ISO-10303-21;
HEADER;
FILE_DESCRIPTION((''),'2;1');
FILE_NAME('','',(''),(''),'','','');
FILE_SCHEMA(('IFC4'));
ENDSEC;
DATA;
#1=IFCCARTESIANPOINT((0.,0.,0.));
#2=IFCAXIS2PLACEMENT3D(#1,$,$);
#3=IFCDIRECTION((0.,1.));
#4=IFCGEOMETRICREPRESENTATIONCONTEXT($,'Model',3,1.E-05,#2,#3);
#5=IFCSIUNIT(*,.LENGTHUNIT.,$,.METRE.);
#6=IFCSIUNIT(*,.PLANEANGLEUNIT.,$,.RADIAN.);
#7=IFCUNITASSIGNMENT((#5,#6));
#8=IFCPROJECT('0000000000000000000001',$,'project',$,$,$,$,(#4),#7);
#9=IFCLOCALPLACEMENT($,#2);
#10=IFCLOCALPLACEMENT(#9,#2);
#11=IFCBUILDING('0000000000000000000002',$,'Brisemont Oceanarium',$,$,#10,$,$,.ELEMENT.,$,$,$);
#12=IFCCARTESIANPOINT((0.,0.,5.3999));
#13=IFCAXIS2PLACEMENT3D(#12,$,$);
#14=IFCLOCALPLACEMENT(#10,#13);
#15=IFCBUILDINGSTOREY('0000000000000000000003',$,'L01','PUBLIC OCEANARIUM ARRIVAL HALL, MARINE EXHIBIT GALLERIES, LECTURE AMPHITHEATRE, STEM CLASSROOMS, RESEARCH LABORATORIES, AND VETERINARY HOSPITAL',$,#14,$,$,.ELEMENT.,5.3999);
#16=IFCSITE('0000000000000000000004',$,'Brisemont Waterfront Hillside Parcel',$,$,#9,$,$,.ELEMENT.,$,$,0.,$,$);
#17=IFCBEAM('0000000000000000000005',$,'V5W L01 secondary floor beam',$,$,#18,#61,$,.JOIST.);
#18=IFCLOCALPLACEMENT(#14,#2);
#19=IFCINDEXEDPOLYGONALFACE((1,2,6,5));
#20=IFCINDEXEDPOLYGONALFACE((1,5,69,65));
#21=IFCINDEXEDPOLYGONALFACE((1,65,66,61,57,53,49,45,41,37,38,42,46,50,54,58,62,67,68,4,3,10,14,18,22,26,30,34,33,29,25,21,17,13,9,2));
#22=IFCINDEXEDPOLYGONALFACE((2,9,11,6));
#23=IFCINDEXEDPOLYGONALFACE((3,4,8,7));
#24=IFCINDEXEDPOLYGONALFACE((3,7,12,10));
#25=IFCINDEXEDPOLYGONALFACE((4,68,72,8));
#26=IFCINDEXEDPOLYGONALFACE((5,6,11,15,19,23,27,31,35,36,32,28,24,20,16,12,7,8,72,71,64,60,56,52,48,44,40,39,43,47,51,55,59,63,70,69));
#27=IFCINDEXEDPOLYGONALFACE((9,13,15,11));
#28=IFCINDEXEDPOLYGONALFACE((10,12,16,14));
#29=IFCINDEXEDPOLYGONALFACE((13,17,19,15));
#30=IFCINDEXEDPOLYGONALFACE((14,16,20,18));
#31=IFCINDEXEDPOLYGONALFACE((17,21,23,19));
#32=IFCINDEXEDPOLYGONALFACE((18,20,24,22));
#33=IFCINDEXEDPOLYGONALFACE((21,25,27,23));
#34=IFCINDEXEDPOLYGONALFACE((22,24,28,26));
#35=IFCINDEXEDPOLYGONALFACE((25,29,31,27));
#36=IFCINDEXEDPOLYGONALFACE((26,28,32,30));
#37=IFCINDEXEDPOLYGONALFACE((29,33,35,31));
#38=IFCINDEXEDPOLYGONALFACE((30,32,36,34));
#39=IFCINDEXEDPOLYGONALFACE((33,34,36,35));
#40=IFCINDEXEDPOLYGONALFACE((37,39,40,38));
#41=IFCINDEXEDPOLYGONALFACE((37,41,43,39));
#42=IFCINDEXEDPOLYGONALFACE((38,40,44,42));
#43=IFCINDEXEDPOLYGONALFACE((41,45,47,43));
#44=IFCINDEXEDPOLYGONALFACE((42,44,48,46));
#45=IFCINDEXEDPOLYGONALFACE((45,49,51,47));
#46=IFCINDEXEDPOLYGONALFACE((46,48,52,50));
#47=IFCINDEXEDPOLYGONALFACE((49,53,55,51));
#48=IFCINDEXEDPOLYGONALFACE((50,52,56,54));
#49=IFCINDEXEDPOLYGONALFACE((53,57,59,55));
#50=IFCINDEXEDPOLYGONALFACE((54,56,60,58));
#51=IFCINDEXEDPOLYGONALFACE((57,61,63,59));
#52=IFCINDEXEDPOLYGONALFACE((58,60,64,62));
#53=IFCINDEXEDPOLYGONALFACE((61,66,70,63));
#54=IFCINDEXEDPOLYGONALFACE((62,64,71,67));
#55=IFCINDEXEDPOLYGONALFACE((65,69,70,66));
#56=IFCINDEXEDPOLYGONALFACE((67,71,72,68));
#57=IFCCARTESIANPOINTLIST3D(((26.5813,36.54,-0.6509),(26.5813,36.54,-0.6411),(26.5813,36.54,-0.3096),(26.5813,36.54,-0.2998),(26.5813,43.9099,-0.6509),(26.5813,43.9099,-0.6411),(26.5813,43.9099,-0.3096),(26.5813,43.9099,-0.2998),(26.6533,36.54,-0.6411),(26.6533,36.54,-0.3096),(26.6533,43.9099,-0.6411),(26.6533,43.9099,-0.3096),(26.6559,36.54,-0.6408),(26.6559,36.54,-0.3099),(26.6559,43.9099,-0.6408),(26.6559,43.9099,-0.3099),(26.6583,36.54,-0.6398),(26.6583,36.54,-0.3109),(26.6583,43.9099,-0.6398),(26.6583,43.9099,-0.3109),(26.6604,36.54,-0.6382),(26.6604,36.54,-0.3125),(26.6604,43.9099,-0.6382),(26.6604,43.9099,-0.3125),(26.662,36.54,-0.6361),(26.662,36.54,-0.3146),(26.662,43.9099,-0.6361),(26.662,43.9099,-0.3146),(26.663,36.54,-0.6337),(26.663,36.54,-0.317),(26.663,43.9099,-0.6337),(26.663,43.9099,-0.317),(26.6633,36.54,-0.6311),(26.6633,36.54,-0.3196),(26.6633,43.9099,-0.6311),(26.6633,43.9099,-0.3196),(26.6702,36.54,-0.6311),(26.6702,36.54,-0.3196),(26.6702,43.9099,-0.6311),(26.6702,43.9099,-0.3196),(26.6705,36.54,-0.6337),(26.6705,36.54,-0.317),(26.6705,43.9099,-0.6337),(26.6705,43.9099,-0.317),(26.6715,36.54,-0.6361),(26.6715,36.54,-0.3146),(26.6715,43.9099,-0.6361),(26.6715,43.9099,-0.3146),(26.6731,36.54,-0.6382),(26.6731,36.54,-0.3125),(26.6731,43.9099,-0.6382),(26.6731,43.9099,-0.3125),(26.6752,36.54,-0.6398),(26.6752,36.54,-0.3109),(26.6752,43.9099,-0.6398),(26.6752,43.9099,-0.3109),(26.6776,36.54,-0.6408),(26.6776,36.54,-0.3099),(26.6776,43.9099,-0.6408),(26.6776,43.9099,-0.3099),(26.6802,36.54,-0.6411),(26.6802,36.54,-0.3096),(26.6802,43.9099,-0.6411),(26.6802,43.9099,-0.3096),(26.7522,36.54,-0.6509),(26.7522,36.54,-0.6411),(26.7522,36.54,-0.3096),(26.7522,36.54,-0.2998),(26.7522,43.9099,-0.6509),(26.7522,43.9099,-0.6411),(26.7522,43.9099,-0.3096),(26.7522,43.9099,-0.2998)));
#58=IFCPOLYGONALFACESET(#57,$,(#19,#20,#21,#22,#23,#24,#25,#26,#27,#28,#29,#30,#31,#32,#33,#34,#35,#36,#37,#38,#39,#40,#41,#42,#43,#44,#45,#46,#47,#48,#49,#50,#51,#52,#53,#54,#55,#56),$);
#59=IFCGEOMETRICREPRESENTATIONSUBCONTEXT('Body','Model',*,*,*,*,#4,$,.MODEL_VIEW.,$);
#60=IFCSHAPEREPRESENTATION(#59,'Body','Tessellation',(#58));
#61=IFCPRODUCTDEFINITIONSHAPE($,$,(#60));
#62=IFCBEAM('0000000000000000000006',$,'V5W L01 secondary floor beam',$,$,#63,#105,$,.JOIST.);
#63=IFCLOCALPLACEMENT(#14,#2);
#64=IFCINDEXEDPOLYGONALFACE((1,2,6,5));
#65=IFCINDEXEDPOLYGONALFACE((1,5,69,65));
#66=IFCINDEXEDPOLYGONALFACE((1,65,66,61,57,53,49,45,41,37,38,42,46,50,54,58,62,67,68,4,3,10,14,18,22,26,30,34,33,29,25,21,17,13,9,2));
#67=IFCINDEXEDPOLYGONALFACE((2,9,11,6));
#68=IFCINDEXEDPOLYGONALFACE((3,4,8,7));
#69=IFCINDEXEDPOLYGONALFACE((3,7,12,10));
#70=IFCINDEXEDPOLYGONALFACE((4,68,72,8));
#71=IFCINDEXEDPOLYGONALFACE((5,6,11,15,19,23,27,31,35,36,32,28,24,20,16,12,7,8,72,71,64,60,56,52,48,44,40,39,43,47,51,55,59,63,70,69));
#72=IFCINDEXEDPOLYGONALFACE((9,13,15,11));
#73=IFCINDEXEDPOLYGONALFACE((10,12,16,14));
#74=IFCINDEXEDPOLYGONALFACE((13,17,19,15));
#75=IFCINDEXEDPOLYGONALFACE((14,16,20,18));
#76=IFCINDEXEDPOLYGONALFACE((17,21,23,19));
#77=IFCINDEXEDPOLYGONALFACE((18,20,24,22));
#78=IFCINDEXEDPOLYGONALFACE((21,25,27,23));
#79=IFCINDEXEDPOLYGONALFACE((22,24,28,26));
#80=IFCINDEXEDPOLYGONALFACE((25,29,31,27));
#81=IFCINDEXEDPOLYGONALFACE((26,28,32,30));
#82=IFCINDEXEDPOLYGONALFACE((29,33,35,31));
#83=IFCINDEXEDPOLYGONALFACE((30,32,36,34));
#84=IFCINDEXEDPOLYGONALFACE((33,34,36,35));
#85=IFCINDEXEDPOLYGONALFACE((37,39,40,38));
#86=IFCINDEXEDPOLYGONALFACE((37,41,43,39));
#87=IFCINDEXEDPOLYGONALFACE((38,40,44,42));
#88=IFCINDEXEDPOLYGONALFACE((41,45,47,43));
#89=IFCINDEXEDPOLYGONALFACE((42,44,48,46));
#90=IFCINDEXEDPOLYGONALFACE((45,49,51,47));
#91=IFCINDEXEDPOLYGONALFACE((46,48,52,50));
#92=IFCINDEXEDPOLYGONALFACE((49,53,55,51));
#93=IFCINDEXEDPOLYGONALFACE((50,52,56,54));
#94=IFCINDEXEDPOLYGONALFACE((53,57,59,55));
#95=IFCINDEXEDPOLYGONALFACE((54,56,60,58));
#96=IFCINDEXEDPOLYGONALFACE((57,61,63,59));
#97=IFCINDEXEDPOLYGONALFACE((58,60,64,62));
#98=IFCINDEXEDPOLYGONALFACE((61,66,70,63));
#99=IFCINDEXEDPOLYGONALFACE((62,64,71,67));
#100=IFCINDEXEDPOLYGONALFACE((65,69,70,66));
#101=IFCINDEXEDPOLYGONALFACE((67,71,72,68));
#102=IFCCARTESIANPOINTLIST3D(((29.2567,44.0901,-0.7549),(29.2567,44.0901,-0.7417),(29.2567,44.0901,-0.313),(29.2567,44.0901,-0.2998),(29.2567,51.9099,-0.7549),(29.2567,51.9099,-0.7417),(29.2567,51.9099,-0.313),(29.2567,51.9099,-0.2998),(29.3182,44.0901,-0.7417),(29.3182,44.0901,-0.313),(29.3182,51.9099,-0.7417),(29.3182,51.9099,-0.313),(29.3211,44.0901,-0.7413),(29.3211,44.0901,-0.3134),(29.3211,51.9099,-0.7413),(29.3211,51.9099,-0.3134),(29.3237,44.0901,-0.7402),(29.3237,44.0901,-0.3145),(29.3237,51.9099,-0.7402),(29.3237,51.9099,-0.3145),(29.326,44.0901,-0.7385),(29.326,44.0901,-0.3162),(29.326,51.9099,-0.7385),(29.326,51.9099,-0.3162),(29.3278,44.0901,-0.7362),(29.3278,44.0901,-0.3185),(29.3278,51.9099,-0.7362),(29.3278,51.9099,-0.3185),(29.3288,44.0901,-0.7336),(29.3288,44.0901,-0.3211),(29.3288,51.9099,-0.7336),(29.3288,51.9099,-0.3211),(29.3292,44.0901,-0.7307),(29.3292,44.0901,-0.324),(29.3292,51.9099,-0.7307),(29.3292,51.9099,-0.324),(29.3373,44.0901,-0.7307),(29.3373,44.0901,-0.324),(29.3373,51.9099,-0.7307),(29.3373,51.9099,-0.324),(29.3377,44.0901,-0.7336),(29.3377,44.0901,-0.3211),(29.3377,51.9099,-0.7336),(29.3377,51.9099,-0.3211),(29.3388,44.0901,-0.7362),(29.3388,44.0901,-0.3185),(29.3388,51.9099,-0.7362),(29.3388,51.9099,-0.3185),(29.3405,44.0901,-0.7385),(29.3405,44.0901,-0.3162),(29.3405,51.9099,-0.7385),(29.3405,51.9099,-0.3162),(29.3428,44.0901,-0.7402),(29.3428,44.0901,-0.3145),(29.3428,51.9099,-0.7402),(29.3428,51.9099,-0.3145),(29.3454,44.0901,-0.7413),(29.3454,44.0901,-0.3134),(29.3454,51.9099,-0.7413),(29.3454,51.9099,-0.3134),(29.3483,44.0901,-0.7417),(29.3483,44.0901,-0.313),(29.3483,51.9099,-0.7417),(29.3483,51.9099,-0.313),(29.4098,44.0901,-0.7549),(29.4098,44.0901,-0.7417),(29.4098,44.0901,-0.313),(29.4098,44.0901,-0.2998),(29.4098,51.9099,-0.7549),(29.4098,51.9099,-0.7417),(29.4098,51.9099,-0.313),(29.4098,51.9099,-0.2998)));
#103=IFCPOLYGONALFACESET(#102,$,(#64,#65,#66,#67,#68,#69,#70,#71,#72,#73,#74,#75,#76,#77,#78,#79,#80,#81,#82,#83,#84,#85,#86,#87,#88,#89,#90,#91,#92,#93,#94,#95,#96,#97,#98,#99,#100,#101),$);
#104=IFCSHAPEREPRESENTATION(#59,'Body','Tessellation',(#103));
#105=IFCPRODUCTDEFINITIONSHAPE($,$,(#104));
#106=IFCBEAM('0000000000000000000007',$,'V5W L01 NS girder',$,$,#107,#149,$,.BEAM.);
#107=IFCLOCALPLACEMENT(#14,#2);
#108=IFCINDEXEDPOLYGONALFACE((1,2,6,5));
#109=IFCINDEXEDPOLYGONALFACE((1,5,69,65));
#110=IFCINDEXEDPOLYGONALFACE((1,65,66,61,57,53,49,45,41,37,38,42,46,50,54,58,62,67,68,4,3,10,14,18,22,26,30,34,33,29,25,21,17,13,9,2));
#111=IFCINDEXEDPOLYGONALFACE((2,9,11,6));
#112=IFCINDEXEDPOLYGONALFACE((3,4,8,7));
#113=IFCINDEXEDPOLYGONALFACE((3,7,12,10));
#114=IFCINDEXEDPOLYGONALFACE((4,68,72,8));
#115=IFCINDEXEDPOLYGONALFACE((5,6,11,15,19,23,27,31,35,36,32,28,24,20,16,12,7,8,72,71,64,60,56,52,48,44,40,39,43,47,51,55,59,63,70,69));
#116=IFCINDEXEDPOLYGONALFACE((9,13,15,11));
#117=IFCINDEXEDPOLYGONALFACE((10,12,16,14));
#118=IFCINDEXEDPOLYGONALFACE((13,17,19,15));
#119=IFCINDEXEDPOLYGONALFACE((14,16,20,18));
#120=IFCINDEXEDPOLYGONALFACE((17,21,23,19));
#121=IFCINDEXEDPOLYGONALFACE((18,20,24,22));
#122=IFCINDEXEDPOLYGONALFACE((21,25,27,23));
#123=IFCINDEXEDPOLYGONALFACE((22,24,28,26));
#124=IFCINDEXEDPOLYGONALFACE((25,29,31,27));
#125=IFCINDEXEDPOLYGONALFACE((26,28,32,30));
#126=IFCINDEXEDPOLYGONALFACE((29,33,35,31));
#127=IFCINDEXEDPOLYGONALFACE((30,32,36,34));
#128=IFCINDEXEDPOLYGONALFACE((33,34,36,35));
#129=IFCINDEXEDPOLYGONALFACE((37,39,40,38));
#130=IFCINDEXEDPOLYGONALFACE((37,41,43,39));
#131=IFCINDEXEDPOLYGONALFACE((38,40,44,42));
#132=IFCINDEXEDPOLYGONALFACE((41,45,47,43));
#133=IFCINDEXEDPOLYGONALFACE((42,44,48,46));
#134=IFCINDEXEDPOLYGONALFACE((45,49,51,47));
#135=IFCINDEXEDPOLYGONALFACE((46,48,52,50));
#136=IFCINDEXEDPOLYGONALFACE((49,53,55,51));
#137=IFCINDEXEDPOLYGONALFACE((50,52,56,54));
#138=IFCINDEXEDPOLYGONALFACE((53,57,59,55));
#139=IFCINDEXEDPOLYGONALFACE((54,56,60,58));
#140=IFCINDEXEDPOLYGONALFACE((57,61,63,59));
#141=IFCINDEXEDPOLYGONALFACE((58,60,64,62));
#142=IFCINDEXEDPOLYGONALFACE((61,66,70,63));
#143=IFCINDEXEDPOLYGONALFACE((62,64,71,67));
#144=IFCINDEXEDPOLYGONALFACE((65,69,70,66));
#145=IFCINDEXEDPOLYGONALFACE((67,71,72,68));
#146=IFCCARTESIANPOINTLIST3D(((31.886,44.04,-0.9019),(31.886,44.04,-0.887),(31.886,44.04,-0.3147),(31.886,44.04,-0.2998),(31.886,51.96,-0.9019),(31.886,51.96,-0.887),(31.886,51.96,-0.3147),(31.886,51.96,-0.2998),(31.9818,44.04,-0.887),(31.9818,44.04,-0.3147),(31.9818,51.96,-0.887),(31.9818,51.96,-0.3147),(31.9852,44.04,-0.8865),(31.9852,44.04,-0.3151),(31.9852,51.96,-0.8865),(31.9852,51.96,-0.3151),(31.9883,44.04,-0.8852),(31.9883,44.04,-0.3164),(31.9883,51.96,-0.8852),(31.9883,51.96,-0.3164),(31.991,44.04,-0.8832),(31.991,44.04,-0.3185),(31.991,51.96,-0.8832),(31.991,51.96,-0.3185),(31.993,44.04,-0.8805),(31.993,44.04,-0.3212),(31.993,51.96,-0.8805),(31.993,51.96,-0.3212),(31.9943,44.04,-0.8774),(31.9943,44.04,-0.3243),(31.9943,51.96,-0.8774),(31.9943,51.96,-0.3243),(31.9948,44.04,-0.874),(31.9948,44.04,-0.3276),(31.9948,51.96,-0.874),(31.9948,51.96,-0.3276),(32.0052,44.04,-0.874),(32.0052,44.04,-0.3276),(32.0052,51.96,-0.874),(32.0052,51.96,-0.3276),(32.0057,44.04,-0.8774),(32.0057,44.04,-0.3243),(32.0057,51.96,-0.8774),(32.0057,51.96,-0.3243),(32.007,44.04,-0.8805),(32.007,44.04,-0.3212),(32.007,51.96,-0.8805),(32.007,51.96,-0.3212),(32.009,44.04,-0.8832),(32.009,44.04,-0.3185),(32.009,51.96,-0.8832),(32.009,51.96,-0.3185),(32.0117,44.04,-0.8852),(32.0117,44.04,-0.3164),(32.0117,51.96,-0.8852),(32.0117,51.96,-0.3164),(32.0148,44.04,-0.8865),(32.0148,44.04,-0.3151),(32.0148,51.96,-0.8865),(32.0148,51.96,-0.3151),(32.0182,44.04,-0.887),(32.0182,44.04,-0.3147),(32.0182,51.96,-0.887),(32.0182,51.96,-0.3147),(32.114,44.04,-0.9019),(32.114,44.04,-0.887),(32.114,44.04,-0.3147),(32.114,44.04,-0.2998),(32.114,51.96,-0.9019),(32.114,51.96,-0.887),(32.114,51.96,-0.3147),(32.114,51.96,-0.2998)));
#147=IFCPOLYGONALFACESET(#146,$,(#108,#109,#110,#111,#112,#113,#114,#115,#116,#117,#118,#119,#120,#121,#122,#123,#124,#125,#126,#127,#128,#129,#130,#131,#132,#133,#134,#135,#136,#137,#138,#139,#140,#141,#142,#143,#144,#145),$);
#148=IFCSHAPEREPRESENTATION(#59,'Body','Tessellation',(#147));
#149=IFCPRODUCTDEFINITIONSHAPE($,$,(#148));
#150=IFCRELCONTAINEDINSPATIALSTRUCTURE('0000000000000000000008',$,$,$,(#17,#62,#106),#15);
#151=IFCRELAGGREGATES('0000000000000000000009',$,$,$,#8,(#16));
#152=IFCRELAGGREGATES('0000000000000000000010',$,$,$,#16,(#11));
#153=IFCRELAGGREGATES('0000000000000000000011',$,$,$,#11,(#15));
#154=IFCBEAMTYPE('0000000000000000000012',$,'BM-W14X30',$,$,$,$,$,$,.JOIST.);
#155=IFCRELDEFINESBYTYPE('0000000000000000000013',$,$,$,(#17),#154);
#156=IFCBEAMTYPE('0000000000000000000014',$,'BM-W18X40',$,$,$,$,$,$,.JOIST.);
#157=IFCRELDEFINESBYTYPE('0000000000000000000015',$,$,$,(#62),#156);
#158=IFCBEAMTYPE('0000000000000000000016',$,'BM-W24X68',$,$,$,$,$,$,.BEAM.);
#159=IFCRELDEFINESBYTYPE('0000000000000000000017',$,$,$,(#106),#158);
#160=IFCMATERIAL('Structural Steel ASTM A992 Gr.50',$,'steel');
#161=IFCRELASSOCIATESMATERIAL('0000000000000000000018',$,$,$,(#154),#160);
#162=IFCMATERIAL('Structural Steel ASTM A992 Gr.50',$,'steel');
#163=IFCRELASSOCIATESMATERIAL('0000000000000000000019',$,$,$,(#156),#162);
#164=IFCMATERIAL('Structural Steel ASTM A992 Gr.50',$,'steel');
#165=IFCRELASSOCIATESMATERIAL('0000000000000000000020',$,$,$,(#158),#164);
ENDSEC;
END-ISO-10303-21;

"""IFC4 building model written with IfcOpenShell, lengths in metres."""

from ifc_helpers import new_model, si_unit, direction, frame, origin, origin_2d, place, context, subcontext, project, spatial, i_section, extrude, material, material_profile, profile_set, type_object, element, save


model = new_model("IFC4")

# Units and contexts
model_context = context("Model", 3, precision=1e-05, world=origin(), true_north=direction((0.0, 1.0)))
body_context = subcontext(model_context, "Body", "Model", "MODEL_VIEW")
ifc_project = project(units=[si_unit("LENGTHUNIT", "METRE"), si_unit("PLANEANGLEUNIT", "RADIAN")], contexts=[model_context])

# Site, building, storey
site_placement = place(None, origin())
site = spatial("IfcSite", under=ifc_project, at=site_placement, Name="Brisemont Waterfront Hillside Parcel", CompositionType="ELEMENT", RefElevation=0.0)
building_placement = place(site_placement, origin())
building = spatial("IfcBuilding", under=site, at=building_placement, Name="Brisemont Oceanarium", CompositionType="ELEMENT")
storey_placement = place(building_placement, frame((0.0, 0.0, 5.3999)))
storey = spatial("IfcBuildingStorey", under=building, at=storey_placement, Name="L01", Description="PUBLIC OCEANARIUM ARRIVAL HALL, MARINE EXHIBIT GALLERIES, LECTURE AMPHITHEATRE, STEM CLASSROOMS, RESEARCH LABORATORIES, AND VETERINARY HOSPITAL", CompositionType="ELEMENT", Elevation=5.3999)

# Beams
ifc_material_1 = material(Name="Structural Steel ASTM A992 Gr.50", Category="steel")
ifc_material_profile_1 = material_profile(ifc_material_1, i_section(OverallWidth=0.1709, OverallDepth=0.3511, WebThickness=0.0068, FlangeThickness=0.0098, FilletRadius=0.01, at=origin_2d()), Name="W14X30")
ifc_profile_set_1 = profile_set([ifc_material_profile_1], Name="Structural Steel ASTM A992 Gr.50")
beam_type_1 = type_object("IfcBeamType", Name="BM-W14X30", PredefinedType="JOIST", material=ifc_profile_set_1)
beam_1_placement = place(storey_placement, frame((26.6667, 36.54, -0.4753), z_axis=(0.0, 1.0, 0.0), x_axis=(-1.0, 0.0, 0.0)))
element("IfcBeam", 1, at=beam_1_placement, inside=storey, type_object=beam_type_1, Name="V5W L01 secondary floor beam", PredefinedType="JOIST", context=body_context, shape_type="SweptSolid", body=[
    extrude(i_section(OverallWidth=0.1709, OverallDepth=0.3511, WebThickness=0.0068, FlangeThickness=0.0098, FilletRadius=0.01, at=origin_2d()), origin(), (0.0, 0.0, 1.0), 7.3699),
])
ifc_material_2 = material(Name="Structural Steel ASTM A992 Gr.50", Category="steel")
ifc_material_profile_2 = material_profile(ifc_material_2, i_section(OverallWidth=0.1531, OverallDepth=0.4551, WebThickness=0.0081, FlangeThickness=0.0132, FilletRadius=0.011, at=origin_2d()), Name="W18X40")
ifc_profile_set_2 = profile_set([ifc_material_profile_2], Name="Structural Steel ASTM A992 Gr.50")
beam_type_2 = type_object("IfcBeamType", Name="BM-W18X40", PredefinedType="JOIST", material=ifc_profile_set_2)
beam_2_placement = place(storey_placement, frame((29.3333, 44.0901, -0.5273), z_axis=(0.0, 1.0, 0.0), x_axis=(-1.0, 0.0, 0.0)))
element("IfcBeam", 2, at=beam_2_placement, inside=storey, type_object=beam_type_2, Name="V5W L01 secondary floor beam", PredefinedType="JOIST", context=body_context, shape_type="SweptSolid", body=[
    extrude(i_section(OverallWidth=0.1531, OverallDepth=0.4551, WebThickness=0.0081, FlangeThickness=0.0132, FilletRadius=0.011, at=origin_2d()), origin(), (0.0, 0.0, 1.0), 7.8198),
])
ifc_material_3 = material(Name="Structural Steel ASTM A992 Gr.50", Category="steel")
ifc_material_profile_3 = material_profile(ifc_material_3, i_section(OverallWidth=0.228, OverallDepth=0.6021, WebThickness=0.0105, FlangeThickness=0.0149, FilletRadius=0.0129, at=origin_2d()), Name="W24X68")
ifc_profile_set_3 = profile_set([ifc_material_profile_3], Name="Structural Steel ASTM A992 Gr.50")
beam_type_3 = type_object("IfcBeamType", Name="BM-W24X68", PredefinedType="BEAM", material=ifc_profile_set_3)
beam_3_placement = place(storey_placement, frame((32.0, 44.04, -0.6008), z_axis=(0.0, 1.0, 0.0), x_axis=(-1.0, 0.0, 0.0)))
element("IfcBeam", 3, at=beam_3_placement, inside=storey, type_object=beam_type_3, Name="V5W L01 NS girder", PredefinedType="BEAM", context=body_context, shape_type="SweptSolid", body=[
    extrude(i_section(OverallWidth=0.228, OverallDepth=0.6021, WebThickness=0.0105, FlangeThickness=0.0149, FilletRadius=0.0129, at=origin_2d()), origin(), (0.0, 0.0, 1.0), 7.9199),
])

save(model, "model.ifc")
